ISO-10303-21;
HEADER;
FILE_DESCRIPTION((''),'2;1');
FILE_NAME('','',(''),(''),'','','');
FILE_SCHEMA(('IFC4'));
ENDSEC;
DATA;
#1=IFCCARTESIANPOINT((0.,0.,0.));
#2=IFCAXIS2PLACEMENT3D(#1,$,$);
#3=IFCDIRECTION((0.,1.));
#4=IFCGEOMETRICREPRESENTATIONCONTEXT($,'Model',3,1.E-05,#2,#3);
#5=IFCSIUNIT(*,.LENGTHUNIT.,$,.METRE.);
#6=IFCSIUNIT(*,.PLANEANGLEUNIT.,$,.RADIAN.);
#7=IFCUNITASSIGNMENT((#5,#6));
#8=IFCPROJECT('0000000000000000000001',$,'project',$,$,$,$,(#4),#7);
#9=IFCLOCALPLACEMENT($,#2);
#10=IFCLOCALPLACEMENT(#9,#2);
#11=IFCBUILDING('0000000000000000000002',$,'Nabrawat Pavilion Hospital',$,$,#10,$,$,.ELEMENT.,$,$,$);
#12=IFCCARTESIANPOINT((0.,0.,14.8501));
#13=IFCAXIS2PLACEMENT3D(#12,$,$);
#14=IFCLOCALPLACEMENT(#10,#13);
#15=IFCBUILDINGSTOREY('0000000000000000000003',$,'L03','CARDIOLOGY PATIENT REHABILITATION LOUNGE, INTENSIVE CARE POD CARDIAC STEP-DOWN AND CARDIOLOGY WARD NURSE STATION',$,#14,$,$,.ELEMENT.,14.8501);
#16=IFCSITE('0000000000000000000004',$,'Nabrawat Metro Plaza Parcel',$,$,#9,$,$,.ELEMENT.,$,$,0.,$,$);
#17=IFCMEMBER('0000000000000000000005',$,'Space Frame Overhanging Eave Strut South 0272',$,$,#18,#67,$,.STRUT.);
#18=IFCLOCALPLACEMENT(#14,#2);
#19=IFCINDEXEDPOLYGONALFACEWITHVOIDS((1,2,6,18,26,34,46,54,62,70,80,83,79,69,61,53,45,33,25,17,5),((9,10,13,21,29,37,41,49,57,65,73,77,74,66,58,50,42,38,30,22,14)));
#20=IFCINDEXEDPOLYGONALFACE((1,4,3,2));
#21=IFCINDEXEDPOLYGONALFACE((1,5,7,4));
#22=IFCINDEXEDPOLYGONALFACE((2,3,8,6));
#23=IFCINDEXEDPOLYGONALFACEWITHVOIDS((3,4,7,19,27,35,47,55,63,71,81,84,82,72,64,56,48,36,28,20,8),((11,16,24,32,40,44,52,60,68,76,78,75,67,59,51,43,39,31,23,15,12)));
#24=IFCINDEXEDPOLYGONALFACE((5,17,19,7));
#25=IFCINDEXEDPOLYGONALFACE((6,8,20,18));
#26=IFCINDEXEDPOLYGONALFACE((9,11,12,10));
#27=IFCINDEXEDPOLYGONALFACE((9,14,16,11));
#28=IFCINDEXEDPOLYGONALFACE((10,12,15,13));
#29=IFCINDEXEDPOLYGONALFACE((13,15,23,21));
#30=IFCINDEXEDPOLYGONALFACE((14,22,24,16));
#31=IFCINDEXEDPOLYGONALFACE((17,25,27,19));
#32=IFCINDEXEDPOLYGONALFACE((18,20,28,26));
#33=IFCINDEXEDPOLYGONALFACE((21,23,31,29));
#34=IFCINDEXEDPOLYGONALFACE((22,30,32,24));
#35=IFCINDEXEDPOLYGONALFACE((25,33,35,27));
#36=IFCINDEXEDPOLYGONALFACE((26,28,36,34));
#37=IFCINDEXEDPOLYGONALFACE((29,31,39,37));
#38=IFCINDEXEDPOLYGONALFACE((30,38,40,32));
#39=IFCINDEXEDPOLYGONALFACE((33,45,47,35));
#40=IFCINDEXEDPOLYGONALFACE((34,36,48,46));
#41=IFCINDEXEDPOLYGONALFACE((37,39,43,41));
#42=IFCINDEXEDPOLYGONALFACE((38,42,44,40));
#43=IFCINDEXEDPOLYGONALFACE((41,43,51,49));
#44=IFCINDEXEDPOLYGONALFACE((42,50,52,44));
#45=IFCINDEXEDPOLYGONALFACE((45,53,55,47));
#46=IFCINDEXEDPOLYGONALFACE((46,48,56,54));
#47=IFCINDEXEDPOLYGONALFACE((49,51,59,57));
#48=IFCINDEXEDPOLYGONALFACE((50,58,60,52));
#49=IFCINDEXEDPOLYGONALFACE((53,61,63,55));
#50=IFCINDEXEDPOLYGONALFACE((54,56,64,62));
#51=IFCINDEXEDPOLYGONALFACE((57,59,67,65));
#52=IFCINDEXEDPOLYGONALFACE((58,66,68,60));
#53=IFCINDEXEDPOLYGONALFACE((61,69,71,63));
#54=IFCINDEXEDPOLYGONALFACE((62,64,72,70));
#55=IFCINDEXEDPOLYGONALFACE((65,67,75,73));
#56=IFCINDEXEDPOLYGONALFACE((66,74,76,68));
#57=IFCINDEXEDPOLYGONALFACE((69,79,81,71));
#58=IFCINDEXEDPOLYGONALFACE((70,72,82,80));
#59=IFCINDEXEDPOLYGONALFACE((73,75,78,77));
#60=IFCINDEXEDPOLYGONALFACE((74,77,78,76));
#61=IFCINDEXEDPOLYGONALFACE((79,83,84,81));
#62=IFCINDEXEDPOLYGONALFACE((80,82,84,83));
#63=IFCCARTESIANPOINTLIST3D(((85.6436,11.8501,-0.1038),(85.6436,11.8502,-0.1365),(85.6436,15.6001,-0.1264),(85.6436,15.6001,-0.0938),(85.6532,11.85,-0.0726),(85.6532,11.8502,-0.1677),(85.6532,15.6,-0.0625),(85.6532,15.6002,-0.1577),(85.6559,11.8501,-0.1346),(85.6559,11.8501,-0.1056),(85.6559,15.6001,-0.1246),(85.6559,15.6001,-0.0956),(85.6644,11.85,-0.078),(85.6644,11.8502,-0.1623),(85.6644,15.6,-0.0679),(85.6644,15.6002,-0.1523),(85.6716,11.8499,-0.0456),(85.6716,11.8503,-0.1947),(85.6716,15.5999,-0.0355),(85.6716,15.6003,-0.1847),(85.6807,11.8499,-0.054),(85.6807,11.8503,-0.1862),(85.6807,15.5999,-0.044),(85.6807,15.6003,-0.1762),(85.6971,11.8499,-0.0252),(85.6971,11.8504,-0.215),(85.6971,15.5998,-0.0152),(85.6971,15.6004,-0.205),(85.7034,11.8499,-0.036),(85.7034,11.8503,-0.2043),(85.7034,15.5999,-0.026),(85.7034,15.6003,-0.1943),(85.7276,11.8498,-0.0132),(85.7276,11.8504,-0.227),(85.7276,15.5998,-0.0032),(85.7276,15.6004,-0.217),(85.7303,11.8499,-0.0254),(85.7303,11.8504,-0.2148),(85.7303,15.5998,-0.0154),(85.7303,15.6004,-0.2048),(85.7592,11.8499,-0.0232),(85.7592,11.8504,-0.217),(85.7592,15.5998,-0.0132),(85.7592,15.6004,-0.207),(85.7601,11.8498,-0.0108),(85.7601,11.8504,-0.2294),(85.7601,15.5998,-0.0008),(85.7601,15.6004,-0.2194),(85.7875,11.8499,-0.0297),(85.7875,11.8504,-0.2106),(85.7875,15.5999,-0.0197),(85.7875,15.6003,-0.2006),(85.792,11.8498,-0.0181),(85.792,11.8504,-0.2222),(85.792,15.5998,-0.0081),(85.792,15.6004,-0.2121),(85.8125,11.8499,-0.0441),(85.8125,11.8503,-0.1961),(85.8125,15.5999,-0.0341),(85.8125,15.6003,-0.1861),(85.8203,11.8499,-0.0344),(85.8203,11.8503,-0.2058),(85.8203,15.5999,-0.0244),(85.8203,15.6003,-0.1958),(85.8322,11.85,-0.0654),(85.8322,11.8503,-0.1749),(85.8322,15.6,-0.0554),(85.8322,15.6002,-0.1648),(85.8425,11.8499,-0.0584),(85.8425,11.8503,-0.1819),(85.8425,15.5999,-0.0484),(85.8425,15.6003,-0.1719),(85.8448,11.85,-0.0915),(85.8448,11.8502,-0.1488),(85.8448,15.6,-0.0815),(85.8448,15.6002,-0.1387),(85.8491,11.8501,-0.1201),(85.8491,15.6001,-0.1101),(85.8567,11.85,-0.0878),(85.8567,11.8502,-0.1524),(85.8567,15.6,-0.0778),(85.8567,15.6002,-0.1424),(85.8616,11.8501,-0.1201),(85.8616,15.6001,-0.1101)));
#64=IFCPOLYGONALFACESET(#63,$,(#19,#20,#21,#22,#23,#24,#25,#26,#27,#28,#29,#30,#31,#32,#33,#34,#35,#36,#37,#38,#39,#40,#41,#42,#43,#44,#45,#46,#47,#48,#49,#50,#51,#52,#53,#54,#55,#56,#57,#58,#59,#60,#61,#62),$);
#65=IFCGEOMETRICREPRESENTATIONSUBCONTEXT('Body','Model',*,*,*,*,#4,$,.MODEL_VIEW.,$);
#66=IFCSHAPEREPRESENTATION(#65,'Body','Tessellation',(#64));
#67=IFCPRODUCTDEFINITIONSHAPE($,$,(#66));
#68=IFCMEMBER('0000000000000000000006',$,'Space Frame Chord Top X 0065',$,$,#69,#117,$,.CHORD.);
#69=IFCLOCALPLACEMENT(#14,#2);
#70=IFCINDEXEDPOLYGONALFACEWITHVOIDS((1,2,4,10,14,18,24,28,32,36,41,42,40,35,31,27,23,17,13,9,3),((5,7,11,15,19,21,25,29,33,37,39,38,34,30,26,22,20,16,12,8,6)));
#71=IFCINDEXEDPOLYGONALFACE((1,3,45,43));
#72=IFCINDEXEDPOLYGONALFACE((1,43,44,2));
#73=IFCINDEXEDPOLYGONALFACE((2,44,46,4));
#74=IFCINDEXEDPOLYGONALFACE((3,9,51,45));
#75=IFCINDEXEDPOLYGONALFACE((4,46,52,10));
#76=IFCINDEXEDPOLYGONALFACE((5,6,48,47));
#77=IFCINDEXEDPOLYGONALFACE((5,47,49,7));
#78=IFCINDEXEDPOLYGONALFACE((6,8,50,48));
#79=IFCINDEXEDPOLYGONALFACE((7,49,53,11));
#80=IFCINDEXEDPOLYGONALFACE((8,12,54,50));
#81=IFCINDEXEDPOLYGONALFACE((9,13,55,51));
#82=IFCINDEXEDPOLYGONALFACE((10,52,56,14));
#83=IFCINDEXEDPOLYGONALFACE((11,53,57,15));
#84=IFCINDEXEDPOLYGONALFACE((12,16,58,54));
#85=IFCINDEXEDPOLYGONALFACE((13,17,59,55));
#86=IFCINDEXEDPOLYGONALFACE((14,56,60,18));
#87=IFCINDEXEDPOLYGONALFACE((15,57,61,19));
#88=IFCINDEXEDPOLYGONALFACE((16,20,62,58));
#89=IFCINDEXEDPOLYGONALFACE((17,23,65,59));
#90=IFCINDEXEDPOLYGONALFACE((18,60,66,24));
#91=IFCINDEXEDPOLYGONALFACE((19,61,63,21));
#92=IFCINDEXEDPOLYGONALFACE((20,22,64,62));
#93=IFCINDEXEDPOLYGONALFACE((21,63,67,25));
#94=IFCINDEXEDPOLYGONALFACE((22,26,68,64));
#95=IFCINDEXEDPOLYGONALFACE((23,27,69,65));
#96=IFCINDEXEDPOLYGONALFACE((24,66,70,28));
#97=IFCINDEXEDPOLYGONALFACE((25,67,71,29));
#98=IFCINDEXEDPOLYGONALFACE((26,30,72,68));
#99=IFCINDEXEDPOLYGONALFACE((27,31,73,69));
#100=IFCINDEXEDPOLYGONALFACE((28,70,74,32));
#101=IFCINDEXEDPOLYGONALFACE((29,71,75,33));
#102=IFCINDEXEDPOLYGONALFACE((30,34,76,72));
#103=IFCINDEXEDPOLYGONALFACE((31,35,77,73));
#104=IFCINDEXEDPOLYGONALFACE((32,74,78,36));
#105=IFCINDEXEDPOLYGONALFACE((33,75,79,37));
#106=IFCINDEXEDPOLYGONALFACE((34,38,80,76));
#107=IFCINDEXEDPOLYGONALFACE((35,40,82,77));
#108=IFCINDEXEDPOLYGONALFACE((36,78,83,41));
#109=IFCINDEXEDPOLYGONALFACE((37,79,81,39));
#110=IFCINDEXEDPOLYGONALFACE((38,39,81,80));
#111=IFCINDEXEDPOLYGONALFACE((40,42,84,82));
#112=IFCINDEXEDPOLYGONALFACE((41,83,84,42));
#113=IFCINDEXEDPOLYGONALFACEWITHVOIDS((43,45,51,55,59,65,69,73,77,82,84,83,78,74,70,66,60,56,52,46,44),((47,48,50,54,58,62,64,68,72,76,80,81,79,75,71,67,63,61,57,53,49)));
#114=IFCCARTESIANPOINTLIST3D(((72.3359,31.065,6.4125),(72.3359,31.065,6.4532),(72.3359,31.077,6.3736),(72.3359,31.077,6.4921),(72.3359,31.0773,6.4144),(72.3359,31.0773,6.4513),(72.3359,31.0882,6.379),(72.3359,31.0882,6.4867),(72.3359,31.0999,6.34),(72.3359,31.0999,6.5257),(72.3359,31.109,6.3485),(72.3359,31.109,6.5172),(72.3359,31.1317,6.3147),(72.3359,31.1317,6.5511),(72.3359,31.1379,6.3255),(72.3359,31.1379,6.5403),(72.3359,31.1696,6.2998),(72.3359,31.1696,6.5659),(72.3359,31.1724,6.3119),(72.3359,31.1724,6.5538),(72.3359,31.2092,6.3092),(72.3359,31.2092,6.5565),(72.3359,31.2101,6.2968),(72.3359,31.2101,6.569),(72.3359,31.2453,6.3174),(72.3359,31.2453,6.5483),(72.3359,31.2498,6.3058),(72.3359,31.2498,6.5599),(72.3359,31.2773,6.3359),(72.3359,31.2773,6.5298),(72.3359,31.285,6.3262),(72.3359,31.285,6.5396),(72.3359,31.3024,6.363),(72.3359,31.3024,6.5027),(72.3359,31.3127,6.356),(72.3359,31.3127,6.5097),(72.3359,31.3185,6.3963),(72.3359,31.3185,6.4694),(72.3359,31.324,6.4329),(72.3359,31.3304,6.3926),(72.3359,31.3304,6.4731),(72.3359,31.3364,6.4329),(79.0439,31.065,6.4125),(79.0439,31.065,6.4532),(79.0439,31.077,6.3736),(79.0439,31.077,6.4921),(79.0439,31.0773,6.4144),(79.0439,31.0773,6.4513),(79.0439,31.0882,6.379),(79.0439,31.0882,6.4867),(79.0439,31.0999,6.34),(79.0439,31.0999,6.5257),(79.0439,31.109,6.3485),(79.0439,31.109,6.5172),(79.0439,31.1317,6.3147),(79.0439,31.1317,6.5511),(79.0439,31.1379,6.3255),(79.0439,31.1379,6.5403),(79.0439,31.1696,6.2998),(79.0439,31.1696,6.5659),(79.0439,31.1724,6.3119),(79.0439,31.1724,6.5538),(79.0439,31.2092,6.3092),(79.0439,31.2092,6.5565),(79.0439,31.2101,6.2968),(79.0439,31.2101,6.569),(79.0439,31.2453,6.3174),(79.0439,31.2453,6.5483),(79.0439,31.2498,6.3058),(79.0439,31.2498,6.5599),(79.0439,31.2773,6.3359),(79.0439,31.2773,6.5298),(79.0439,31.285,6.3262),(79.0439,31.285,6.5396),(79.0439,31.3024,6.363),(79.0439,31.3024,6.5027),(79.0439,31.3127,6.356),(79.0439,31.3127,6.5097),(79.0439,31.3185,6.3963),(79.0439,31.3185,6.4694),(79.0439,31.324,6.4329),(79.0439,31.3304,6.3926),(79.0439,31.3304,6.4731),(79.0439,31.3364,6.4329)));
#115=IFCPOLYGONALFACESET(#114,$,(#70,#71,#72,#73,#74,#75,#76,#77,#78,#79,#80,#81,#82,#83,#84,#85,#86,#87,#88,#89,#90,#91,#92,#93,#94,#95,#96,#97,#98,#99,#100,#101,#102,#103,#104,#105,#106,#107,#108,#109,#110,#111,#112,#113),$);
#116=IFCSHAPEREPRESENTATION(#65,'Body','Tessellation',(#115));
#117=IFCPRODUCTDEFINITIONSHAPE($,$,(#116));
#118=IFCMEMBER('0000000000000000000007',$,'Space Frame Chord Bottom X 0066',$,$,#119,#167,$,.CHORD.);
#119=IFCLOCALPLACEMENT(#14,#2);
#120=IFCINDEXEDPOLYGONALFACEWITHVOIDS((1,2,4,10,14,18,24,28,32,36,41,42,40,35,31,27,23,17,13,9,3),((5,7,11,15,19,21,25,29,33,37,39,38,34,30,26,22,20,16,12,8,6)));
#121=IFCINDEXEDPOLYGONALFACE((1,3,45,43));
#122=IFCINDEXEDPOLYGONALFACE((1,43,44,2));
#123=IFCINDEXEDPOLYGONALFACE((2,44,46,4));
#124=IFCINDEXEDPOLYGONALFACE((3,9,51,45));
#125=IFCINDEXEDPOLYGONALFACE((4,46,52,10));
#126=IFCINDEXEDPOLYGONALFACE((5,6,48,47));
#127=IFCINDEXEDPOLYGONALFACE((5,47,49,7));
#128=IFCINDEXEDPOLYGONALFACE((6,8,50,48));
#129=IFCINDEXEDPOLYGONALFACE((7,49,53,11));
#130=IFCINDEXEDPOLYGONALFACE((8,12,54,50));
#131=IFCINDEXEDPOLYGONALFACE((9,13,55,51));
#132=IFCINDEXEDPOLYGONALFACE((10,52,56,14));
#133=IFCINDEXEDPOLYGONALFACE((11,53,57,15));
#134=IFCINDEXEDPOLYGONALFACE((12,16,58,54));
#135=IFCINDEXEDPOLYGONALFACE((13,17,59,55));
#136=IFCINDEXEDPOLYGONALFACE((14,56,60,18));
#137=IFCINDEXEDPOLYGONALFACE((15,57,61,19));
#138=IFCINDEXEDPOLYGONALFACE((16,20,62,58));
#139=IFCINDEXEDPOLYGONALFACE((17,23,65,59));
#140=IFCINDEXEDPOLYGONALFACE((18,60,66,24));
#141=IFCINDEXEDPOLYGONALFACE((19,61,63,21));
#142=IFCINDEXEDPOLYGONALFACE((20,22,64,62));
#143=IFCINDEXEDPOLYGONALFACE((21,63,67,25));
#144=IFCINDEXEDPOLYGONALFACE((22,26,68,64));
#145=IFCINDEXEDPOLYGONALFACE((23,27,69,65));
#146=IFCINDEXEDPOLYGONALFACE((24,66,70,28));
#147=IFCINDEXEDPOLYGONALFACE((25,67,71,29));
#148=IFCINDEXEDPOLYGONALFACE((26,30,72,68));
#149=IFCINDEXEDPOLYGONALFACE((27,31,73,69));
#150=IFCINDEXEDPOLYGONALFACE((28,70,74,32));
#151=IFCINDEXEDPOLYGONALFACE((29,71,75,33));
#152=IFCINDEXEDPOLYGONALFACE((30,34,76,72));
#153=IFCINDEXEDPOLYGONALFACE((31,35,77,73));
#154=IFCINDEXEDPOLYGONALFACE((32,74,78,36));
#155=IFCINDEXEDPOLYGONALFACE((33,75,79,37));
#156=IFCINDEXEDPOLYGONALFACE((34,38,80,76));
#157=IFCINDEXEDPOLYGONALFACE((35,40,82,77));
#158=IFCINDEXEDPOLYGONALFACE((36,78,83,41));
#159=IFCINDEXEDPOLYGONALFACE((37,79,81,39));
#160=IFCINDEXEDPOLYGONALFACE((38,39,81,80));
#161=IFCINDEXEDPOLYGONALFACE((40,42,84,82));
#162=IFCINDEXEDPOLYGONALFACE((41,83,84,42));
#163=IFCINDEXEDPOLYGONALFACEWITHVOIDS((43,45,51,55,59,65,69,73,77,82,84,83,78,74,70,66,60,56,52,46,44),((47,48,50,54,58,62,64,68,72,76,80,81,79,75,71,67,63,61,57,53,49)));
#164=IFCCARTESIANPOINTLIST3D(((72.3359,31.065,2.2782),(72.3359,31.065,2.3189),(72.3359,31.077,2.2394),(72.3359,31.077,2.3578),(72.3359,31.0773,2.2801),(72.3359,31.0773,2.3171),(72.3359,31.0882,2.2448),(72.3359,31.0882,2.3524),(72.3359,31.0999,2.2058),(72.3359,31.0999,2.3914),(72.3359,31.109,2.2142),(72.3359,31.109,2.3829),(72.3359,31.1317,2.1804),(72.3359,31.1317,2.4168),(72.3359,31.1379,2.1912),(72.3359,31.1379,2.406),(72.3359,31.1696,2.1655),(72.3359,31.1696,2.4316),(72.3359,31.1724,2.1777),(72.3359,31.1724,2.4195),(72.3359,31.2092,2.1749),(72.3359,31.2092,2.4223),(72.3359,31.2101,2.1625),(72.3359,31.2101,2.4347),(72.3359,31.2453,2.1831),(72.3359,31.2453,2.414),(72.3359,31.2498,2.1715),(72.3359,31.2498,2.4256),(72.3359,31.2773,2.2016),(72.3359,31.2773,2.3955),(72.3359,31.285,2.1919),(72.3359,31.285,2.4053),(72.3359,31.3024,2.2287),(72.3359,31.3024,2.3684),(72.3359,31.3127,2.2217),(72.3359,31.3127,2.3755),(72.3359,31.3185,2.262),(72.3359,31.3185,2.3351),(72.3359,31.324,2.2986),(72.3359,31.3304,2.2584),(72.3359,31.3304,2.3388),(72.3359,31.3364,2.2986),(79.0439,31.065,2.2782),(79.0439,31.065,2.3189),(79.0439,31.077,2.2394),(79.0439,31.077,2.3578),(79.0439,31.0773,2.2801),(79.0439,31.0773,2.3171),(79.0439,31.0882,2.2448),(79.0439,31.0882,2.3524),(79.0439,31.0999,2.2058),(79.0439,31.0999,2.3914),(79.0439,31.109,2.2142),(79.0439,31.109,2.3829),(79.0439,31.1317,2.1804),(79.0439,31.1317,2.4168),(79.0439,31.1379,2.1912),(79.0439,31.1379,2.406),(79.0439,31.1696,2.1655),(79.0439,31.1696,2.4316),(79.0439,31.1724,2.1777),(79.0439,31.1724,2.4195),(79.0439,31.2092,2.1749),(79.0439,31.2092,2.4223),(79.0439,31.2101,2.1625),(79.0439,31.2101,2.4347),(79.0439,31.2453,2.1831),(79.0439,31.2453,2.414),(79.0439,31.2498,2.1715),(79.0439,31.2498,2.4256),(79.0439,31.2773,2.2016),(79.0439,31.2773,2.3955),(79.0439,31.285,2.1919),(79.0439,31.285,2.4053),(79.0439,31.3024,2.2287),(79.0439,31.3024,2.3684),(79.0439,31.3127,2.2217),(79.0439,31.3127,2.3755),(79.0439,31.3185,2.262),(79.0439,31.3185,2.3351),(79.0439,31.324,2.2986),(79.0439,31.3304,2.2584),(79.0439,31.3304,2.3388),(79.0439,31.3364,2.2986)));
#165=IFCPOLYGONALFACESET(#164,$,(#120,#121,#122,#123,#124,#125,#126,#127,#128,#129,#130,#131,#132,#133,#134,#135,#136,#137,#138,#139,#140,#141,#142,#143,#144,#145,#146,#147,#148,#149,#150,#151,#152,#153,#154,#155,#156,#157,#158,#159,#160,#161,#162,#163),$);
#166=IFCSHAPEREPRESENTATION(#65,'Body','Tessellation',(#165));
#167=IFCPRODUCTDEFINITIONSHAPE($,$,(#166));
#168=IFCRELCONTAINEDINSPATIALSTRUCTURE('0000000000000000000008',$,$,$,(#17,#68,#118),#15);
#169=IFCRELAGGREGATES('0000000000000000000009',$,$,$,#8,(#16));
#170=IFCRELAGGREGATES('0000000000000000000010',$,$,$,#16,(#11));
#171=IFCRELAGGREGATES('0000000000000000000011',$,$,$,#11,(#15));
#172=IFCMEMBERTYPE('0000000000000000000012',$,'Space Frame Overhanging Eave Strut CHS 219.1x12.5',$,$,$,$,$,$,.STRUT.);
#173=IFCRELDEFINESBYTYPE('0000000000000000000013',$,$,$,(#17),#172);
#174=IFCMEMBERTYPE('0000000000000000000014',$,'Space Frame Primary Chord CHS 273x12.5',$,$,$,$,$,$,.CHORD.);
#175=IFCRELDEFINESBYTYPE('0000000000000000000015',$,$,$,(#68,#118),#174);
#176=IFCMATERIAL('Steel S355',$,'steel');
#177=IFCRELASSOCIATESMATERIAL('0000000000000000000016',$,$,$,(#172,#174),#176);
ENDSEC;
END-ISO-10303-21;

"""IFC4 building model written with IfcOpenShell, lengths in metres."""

from ifc_helpers import new_model, si_unit, direction, frame, origin, origin_2d, place, context, subcontext, project, spatial, hollow_circle, extrude, material, material_profile, profile_set, type_object, element, save


model = new_model("IFC4")

# Units and contexts
model_context = context("Model", 3, precision=1e-05, world=origin(), true_north=direction((0.0, 1.0)))
body_context = subcontext(model_context, "Body", "Model", "MODEL_VIEW")
ifc_project = project(units=[si_unit("LENGTHUNIT", "METRE"), si_unit("PLANEANGLEUNIT", "RADIAN")], contexts=[model_context])

# Site, building, storey
site_placement = place(None, origin())
site = spatial("IfcSite", under=ifc_project, at=site_placement, Name="Nabrawat Metro Plaza Parcel", CompositionType="ELEMENT", RefElevation=0.0)
building_placement = place(site_placement, origin())
building = spatial("IfcBuilding", under=site, at=building_placement, Name="Nabrawat Pavilion Hospital", CompositionType="ELEMENT")
storey_placement = place(building_placement, frame((0.0, 0.0, 14.8501)))
storey = spatial("IfcBuildingStorey", under=building, at=storey_placement, Name="L03", Description="CARDIOLOGY PATIENT REHABILITATION LOUNGE, INTENSIVE CARE POD CARDIAC STEP-DOWN AND CARDIOLOGY WARD NURSE STATION", CompositionType="ELEMENT", Elevation=14.8501)

# Members
ifc_material = material(Name="Steel S355", Category="steel")
ifc_material_profile_1 = material_profile(ifc_material, hollow_circle(Radius=0.1096, WallThickness=0.0125, at=origin_2d()), Name="CHS 219.1x12.5")
ifc_profile_set_1 = profile_set([ifc_material_profile_1], Name="Steel S355")
member_type_1 = type_object("IfcMemberType", Name="Space Frame Overhanging Eave Strut CHS 219.1x12.5", PredefinedType="STRUT", material=ifc_profile_set_1)
member_1_placement = place(storey_placement, frame((85.752, 15.6001, -0.1101), z_axis=(0.0, -0.999996, -0.002669), x_axis=(1.0, 0.0, 0.0)))
element("IfcMember", 1, at=member_1_placement, inside=storey, type_object=member_type_1, Name="Space Frame Overhanging Eave Strut South 0272", PredefinedType="STRUT", context=body_context, shape_type="SweptSolid", body=[
    extrude(hollow_circle(Radius=0.1096, WallThickness=0.0125, at=origin_2d()), origin(), (0.0, 0.0, 1.0), 3.75),
])
ifc_material_profile_2 = material_profile(ifc_material, hollow_circle(Radius=0.1365, WallThickness=0.0125, at=origin_2d()), Name="CHS 273x12.5")
ifc_profile_set_2 = profile_set([ifc_material_profile_2], Name="Steel S355")
member_type_2 = type_object("IfcMemberType", Name="Space Frame Primary Chord CHS 273x12.5", PredefinedType="CHORD", material=ifc_profile_set_2)
for number, where, z_axis, x_axis, name in (
    (2, (72.3359, 31.2, 6.4329), (1.0, 0.0, 0.0), (0.0, 1.0, 0.0), "Space Frame Chord Top X 0065"),
    (3, (72.3359, 31.2, 2.2986), (1.0, 0.0, 0.0), (0.0, 1.0, 0.0), "Space Frame Chord Bottom X 0066"),
):
    element("IfcMember", number, at=place(storey_placement, frame(where, z_axis=z_axis, x_axis=x_axis)), inside=storey, type_object=member_type_2, Name=name, PredefinedType="CHORD", context=body_context, shape_type="SweptSolid", body=[
        extrude(hollow_circle(Radius=0.1365, WallThickness=0.0125, at=origin_2d()), origin(), (0.0, 0.0, 1.0), 6.708),
    ])

save(model, "model.ifc")
